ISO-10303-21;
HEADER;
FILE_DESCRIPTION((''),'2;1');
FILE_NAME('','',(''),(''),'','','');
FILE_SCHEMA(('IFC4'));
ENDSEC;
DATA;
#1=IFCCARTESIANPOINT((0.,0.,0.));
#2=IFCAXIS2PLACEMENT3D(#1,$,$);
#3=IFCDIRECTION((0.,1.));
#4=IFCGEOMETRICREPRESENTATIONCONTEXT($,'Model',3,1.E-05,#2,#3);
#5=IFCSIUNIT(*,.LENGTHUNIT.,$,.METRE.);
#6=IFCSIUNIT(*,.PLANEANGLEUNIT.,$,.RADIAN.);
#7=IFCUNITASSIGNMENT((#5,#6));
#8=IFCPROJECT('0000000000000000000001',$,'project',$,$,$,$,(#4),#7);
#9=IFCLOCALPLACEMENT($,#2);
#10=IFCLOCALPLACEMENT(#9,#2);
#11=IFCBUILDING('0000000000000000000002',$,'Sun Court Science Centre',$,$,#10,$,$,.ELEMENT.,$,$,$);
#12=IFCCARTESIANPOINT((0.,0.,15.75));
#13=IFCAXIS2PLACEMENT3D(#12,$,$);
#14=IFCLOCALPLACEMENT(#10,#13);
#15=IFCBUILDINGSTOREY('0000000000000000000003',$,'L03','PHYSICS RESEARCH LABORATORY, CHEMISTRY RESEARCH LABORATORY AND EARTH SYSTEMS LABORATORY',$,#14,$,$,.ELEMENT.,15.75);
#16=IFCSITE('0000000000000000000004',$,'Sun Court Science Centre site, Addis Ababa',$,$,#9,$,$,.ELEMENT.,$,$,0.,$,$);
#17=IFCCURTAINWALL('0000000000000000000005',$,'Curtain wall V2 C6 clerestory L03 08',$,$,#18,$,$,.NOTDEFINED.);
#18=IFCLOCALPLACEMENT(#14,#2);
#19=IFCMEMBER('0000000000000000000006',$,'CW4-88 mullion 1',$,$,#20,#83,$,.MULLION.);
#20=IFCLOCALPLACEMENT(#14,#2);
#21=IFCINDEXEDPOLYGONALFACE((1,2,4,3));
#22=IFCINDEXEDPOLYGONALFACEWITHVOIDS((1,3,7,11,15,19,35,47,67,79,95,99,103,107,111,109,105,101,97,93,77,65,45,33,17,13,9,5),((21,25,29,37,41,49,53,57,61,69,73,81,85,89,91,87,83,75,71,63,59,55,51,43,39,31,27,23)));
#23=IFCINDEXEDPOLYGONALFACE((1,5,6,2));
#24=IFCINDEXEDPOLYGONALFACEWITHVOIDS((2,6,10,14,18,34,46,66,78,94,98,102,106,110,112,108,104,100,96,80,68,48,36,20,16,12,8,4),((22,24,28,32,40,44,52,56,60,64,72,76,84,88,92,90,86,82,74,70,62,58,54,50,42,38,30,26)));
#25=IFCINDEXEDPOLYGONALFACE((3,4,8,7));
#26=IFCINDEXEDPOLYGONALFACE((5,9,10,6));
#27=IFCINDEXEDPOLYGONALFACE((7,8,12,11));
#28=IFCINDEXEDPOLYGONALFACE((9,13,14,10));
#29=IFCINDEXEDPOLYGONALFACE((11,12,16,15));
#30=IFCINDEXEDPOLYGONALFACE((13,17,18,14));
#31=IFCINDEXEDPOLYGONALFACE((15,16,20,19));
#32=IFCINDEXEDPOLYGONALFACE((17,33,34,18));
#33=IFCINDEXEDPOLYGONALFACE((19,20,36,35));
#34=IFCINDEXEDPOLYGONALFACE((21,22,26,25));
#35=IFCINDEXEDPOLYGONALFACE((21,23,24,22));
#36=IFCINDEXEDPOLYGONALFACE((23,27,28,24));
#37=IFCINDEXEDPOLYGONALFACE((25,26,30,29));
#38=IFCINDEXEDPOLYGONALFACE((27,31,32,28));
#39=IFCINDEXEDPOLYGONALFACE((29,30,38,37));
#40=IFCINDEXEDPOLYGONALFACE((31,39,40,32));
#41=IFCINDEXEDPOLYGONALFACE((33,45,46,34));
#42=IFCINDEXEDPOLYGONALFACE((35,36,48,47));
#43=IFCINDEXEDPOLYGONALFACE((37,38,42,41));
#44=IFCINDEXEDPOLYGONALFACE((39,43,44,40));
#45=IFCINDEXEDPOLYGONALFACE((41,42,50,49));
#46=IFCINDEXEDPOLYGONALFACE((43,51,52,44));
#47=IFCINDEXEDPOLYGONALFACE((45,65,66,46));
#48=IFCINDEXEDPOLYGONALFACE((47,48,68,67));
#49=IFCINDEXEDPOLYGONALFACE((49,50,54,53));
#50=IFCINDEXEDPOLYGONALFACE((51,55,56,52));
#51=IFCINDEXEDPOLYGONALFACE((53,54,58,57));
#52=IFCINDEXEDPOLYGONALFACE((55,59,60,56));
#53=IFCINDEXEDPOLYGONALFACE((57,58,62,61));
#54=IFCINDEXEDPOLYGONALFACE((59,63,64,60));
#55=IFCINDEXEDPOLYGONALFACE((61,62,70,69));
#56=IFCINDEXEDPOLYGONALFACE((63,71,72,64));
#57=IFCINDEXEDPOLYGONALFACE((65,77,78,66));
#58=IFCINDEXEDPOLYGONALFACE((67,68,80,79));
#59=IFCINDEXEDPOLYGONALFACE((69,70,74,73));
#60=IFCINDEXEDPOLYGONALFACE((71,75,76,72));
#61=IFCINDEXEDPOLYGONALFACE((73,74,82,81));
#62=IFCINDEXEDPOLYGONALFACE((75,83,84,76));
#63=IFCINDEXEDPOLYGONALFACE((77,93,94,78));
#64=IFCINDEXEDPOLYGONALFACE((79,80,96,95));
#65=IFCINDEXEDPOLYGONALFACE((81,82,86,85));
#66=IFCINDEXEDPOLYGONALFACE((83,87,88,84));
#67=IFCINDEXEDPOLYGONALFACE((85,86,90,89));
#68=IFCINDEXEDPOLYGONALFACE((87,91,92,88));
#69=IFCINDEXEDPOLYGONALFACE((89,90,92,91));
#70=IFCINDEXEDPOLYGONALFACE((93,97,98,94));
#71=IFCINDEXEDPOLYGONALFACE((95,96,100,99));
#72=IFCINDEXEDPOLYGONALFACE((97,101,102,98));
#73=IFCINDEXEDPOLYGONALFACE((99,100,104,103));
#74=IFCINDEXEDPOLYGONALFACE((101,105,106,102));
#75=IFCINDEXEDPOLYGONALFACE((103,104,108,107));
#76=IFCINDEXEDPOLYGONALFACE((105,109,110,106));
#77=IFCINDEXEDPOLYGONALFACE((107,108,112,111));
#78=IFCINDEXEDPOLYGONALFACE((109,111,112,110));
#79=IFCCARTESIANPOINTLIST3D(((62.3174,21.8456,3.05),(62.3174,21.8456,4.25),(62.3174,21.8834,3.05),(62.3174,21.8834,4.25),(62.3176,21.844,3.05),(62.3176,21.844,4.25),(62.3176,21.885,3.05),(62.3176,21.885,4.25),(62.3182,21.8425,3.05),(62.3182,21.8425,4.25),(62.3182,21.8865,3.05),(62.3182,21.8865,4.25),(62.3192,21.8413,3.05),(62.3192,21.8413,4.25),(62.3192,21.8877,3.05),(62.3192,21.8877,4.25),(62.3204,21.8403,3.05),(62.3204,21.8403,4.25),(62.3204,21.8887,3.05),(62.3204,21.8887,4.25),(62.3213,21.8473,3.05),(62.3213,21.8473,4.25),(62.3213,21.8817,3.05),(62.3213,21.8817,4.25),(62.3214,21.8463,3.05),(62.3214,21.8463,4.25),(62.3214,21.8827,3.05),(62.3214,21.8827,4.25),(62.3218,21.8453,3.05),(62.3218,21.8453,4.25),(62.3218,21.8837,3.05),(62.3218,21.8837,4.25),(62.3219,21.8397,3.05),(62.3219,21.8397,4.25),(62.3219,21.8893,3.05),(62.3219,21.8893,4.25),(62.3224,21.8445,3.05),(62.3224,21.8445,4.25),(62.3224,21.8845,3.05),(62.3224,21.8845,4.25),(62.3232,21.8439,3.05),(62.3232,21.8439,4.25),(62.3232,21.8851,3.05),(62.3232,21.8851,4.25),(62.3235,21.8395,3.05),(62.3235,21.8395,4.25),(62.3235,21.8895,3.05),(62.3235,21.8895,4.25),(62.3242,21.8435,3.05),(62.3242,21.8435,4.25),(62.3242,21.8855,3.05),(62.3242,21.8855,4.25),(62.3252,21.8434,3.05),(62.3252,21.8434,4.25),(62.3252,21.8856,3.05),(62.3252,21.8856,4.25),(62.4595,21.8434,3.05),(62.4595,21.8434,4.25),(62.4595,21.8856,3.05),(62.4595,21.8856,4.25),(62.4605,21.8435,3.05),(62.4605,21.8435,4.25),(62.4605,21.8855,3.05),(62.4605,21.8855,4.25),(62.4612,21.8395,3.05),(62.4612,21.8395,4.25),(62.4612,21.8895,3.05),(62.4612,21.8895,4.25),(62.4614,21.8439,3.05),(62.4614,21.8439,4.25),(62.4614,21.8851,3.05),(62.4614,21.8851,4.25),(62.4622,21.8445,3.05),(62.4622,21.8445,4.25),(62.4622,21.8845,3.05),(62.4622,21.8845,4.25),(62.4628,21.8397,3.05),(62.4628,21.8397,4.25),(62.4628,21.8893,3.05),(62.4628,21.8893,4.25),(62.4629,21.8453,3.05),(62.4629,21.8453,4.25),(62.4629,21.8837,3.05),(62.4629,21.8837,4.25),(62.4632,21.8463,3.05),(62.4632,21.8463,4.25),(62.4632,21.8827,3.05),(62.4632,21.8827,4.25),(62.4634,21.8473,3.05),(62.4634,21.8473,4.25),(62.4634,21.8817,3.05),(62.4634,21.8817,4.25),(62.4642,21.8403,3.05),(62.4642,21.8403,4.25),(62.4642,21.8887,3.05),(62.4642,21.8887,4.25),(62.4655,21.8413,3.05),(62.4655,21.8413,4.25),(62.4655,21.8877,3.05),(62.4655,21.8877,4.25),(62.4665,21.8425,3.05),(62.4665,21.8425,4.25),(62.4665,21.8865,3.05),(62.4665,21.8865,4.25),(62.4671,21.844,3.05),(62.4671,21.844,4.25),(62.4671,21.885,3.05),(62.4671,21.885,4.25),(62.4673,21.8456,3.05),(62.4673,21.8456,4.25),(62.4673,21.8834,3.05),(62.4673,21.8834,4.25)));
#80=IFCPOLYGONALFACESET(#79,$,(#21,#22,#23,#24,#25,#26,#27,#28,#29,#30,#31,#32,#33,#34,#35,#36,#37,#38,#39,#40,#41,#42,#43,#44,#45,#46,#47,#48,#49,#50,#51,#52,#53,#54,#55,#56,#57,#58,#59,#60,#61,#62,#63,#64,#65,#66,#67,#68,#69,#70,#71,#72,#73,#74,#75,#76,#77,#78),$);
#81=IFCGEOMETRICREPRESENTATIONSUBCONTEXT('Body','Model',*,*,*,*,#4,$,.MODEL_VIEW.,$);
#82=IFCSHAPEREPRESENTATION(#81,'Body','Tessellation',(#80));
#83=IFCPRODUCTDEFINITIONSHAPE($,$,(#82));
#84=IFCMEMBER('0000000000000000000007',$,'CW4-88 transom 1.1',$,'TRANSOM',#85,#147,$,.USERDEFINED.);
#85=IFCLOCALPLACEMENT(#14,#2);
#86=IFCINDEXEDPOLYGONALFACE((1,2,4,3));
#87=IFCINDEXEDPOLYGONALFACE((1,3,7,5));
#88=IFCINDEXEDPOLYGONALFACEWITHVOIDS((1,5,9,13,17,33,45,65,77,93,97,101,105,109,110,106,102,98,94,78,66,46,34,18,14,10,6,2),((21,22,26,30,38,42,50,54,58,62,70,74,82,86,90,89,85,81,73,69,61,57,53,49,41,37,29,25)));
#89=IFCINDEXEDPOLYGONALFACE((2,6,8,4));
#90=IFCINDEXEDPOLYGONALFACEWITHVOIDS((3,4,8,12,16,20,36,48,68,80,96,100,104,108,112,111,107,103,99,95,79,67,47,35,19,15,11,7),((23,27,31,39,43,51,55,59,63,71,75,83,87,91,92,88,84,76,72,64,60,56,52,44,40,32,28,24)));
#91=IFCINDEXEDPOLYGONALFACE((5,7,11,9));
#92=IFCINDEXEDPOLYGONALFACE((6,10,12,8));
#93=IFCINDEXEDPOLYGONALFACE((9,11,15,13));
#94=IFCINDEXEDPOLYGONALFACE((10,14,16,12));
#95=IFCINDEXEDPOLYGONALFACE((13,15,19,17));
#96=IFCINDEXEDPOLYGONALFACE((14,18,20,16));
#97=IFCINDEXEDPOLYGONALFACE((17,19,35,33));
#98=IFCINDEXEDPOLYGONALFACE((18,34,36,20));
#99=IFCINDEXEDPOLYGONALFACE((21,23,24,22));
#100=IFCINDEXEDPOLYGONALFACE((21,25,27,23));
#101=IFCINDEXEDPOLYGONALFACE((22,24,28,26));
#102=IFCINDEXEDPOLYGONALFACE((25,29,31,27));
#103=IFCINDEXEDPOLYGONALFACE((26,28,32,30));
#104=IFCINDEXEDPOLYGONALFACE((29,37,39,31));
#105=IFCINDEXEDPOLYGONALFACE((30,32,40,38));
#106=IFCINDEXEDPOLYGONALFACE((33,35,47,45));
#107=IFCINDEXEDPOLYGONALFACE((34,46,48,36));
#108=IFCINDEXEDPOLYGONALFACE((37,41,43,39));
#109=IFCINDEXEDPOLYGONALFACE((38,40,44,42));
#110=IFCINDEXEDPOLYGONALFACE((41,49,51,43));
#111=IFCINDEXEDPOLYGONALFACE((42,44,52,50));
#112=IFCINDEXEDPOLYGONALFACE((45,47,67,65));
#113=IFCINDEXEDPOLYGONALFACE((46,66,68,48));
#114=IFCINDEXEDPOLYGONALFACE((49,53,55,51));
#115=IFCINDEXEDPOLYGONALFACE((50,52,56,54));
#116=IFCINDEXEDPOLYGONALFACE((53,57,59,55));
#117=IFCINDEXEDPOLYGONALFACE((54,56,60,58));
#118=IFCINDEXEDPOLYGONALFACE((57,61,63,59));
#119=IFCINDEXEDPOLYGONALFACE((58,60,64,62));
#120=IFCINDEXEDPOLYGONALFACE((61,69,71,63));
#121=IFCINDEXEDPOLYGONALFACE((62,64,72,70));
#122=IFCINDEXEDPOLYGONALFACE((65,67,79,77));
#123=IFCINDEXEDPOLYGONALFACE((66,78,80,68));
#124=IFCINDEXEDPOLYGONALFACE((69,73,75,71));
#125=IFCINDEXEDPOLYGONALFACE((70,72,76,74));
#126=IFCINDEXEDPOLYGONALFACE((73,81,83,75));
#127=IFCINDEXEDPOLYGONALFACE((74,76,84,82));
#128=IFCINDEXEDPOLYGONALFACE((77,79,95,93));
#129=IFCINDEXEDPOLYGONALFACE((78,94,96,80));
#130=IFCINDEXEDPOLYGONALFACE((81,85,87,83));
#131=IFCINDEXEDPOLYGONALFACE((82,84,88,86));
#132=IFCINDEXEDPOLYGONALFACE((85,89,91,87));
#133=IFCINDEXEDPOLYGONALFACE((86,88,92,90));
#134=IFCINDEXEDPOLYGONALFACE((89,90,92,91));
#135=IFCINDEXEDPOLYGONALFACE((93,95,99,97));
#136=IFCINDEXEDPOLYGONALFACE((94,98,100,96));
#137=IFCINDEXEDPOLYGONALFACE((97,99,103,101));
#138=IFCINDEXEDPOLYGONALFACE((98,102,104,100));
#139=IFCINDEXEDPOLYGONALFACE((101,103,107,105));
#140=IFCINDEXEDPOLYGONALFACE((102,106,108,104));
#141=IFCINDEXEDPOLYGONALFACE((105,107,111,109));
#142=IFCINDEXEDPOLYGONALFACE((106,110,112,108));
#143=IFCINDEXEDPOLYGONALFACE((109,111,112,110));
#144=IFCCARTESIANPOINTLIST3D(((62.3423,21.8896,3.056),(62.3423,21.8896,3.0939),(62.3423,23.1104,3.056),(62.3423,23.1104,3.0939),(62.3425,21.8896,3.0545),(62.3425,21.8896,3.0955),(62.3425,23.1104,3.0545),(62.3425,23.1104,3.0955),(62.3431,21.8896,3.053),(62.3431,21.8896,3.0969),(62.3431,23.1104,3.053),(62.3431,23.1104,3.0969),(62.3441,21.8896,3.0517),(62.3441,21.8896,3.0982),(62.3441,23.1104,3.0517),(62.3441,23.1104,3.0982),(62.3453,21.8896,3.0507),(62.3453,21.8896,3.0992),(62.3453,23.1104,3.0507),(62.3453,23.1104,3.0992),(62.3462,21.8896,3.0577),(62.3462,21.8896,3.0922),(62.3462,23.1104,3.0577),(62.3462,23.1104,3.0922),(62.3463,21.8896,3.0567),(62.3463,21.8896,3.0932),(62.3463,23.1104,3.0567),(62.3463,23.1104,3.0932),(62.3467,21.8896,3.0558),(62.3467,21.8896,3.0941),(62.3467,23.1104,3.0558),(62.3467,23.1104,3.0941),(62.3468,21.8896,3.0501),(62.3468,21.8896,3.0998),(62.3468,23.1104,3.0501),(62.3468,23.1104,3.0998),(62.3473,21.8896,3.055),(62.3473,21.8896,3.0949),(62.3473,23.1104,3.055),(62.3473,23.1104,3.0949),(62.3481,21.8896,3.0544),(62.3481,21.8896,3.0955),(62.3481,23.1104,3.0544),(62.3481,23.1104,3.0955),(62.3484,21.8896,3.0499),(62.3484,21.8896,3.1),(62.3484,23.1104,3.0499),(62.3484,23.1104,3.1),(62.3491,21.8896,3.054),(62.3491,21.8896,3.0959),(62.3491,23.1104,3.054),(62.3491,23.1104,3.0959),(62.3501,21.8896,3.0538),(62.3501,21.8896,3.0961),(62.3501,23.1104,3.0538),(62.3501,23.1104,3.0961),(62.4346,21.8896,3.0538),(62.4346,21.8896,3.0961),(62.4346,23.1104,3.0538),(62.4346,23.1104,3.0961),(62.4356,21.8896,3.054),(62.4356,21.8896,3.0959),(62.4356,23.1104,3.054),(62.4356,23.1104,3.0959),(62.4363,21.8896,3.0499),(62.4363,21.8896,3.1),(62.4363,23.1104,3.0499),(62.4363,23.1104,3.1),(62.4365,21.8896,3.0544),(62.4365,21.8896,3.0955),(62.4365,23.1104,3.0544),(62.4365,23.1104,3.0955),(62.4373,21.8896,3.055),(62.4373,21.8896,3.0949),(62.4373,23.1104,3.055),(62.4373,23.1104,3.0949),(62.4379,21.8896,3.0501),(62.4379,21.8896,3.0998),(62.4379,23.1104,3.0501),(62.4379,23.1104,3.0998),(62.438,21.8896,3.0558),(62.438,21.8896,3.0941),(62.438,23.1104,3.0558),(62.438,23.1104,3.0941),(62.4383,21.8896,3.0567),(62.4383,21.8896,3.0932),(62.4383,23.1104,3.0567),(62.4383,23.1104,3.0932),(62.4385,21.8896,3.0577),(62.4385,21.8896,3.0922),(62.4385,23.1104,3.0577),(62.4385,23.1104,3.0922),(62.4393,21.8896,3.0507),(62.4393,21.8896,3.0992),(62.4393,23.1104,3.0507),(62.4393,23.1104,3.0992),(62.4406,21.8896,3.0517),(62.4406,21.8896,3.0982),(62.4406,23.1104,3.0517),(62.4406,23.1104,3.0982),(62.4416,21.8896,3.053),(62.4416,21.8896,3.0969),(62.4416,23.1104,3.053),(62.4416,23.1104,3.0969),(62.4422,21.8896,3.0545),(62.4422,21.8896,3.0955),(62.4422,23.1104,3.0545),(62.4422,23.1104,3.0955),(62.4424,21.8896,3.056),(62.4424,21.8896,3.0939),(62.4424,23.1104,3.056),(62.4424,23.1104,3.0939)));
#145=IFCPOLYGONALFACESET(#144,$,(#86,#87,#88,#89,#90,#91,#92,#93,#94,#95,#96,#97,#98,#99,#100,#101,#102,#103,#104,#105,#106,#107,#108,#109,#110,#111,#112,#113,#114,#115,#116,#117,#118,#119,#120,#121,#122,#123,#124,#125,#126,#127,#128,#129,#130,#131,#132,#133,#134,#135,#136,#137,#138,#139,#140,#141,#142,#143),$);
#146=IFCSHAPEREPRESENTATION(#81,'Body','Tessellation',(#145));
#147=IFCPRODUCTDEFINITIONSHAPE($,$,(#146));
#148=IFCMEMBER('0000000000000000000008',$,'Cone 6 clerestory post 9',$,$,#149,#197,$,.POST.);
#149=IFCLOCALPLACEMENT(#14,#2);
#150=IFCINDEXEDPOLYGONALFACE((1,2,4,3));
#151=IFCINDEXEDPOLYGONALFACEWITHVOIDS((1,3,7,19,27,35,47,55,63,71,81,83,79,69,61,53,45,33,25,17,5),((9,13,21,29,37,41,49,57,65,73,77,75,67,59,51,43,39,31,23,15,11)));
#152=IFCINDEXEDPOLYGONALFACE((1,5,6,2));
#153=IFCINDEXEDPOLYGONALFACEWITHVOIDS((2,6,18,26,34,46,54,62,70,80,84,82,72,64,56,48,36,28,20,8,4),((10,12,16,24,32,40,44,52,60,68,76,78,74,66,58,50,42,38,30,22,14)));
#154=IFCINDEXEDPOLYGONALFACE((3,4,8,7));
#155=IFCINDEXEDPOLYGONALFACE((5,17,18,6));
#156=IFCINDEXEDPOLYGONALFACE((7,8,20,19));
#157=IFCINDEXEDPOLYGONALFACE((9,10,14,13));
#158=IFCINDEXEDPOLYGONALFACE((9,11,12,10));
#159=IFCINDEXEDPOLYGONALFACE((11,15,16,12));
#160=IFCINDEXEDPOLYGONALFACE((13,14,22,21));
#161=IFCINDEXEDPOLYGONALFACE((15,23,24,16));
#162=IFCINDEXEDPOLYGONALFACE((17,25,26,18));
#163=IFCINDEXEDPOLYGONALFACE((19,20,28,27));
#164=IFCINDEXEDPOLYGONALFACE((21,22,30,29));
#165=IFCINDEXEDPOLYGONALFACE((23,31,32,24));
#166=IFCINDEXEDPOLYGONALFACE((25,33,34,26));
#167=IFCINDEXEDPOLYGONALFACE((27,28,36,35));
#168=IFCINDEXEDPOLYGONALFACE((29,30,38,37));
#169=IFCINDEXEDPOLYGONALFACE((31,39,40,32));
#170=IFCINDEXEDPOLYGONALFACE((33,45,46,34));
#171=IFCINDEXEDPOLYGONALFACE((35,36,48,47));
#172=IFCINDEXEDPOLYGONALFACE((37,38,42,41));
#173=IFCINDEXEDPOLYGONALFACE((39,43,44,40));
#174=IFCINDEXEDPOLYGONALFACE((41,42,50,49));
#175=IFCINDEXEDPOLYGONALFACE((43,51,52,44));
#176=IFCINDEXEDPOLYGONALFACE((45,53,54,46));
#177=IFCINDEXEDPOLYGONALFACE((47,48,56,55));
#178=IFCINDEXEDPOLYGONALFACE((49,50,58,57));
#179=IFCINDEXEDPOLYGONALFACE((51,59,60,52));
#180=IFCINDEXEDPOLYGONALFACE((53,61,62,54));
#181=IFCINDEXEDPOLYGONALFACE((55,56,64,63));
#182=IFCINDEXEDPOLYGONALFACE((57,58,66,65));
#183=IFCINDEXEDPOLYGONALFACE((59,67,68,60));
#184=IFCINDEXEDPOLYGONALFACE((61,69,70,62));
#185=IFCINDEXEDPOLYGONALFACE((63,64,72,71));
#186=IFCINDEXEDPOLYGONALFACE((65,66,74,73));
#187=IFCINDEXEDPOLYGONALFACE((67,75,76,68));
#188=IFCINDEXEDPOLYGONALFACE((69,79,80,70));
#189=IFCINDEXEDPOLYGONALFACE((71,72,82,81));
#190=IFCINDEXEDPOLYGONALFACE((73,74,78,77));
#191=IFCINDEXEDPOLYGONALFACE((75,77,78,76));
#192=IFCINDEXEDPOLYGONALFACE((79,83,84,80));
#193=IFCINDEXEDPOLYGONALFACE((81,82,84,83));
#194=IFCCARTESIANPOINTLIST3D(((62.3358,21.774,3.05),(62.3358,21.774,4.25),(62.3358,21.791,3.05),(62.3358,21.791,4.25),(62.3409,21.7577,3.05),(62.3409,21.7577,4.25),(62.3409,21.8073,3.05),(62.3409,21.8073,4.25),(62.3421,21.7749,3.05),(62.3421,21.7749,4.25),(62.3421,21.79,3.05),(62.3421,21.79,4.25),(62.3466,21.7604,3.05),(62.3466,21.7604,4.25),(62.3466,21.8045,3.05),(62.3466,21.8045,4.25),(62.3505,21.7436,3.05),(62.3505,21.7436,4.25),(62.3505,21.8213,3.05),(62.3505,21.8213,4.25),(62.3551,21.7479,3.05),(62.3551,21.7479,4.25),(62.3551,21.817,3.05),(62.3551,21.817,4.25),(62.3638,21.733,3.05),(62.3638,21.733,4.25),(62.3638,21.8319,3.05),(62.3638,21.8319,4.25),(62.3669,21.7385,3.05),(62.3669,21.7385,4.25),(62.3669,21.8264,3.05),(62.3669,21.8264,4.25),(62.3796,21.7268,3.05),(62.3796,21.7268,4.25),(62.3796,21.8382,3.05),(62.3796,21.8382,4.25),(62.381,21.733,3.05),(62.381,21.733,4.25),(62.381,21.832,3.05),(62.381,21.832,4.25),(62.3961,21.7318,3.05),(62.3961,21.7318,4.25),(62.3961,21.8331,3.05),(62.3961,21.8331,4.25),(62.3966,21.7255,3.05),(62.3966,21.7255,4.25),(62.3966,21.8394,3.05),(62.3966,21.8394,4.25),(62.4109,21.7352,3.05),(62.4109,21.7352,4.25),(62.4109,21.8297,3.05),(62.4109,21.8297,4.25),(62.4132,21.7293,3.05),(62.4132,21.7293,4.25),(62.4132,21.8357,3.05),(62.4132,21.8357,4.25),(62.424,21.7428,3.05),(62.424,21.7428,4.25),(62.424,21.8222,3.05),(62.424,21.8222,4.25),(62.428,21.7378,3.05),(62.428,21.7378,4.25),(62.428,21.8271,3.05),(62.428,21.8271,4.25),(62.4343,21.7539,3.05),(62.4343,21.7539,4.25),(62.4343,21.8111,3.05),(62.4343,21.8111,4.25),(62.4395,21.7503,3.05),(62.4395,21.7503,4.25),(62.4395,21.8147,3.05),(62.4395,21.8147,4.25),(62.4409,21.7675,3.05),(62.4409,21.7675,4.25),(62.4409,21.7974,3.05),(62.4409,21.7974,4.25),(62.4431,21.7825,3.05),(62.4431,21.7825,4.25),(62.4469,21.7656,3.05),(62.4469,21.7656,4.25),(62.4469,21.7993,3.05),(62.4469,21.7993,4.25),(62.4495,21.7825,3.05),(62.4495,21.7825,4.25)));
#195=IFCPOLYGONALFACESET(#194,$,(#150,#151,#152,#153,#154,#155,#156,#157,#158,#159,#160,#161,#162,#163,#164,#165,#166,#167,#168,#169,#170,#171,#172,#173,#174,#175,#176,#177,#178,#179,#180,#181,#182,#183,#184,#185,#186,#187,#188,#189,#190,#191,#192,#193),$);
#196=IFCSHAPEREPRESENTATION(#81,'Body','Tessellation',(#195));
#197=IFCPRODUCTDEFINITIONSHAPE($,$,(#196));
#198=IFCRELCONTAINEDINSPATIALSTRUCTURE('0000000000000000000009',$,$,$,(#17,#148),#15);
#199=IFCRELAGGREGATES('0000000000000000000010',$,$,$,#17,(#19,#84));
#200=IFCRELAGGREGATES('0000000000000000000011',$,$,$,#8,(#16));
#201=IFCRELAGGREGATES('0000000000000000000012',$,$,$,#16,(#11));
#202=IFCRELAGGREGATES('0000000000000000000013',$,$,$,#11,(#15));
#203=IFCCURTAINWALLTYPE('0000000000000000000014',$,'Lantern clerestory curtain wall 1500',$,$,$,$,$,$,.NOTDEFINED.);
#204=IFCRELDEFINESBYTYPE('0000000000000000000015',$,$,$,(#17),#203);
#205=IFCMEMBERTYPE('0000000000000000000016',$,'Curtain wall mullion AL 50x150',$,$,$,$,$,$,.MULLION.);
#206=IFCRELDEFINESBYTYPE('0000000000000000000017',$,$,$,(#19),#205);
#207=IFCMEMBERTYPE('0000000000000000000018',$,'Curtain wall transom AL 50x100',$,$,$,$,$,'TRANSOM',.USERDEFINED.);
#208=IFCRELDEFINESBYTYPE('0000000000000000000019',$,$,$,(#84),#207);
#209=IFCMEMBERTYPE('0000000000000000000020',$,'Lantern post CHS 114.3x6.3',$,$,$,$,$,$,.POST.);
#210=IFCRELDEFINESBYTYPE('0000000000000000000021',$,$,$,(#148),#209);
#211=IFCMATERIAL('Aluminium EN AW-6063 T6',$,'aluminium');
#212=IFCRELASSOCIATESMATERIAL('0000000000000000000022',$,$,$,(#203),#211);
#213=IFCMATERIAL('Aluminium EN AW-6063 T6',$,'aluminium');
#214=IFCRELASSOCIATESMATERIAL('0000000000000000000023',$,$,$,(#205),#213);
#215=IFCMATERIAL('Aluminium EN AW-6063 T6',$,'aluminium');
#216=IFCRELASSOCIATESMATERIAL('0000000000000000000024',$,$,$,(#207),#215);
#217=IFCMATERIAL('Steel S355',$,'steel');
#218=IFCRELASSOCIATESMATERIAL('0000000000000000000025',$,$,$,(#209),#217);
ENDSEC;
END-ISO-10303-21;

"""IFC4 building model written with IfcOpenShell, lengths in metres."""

from ifc_helpers import new_model, si_unit, direction, frame, origin, origin_2d, place, context, subcontext, project, spatial, hollow_rectangle, hollow_circle, extrude, material, material_profile, profile_set, type_object, element, aggregate, save


model = new_model("IFC4")

# Units and contexts
model_context = context("Model", 3, precision=1e-05, world=origin(), true_north=direction((0.0, 1.0)))
body_context = subcontext(model_context, "Body", "Model", "MODEL_VIEW")
ifc_project = project(units=[si_unit("LENGTHUNIT", "METRE"), si_unit("PLANEANGLEUNIT", "RADIAN")], contexts=[model_context])

# Site, building, storey
site_placement = place(None, origin())
site = spatial("IfcSite", under=ifc_project, at=site_placement, Name="Sun Court Science Centre site, Addis Ababa", CompositionType="ELEMENT", RefElevation=0.0)
building_placement = place(site_placement, origin())
building = spatial("IfcBuilding", under=site, at=building_placement, Name="Sun Court Science Centre", CompositionType="ELEMENT")
storey_placement = place(building_placement, frame((0.0, 0.0, 15.75)))
storey = spatial("IfcBuildingStorey", under=building, at=storey_placement, Name="L03", Description="PHYSICS RESEARCH LABORATORY, CHEMISTRY RESEARCH LABORATORY AND EARTH SYSTEMS LABORATORY", CompositionType="ELEMENT", Elevation=15.75)

# Curtain wall, members
ifc_material_1 = material(Name="Aluminium EN AW-6063 T6", Category="aluminium")
curtain_wall_type = type_object("IfcCurtainWallType", Name="Lantern clerestory curtain wall 1500", PredefinedType="NOTDEFINED", material=ifc_material_1)
curtain_wall_placement = place(storey_placement, origin())
curtain_wall = element("IfcCurtainWall", 1, at=curtain_wall_placement, inside=storey, type_object=curtain_wall_type, Name="Curtain wall V2 C6 clerestory L03 08", PredefinedType="NOTDEFINED")
ifc_material_2 = material(Name="Aluminium EN AW-6063 T6", Category="aluminium")
ifc_material_profile_1 = material_profile(ifc_material_2, hollow_rectangle(XDim=0.05, YDim=0.1499, WallThickness=0.0039, InnerFilletRadius=0.0039, OuterFilletRadius=0.0061, at=origin_2d()), Name="AL 50x150x4")
ifc_profile_set_1 = profile_set([ifc_material_profile_1], Name="Aluminium EN AW-6063 T6")
member_type_1 = type_object("IfcMemberType", Name="Curtain wall mullion AL 50x150", PredefinedType="MULLION", material=ifc_profile_set_1)
member_1_placement = place(storey_placement, frame((62.3923, 21.8645, 3.05), z_axis=(0.0, 0.0, 1.0), x_axis=(0.0, 1.0, 0.0)))
member_1 = element("IfcMember", 2, at=member_1_placement, type_object=member_type_1, Name="CW4-88 mullion 1", PredefinedType="MULLION", context=body_context, shape_type="SweptSolid", body=[
    extrude(hollow_rectangle(XDim=0.05, YDim=0.1499, WallThickness=0.0039, InnerFilletRadius=0.0039, OuterFilletRadius=0.0061, at=origin_2d()), origin(), (0.0, 0.0, 1.0), 1.2),
])
ifc_material_3 = material(Name="Aluminium EN AW-6063 T6", Category="aluminium")
ifc_material_profile_2 = material_profile(ifc_material_3, hollow_rectangle(XDim=0.05, YDim=0.1001, WallThickness=0.0039, InnerFilletRadius=0.0039, OuterFilletRadius=0.0061, at=origin_2d()), Name="AL 50x100x4")
ifc_profile_set_2 = profile_set([ifc_material_profile_2], Name="Aluminium EN AW-6063 T6")
member_type_2 = type_object("IfcMemberType", Name="Curtain wall transom AL 50x100", ElementType="TRANSOM", PredefinedType="USERDEFINED", material=ifc_profile_set_2)
member_2_placement = place(storey_placement, frame((62.3923, 21.8896, 3.075), z_axis=(0.0, 1.0, 0.0), x_axis=(0.0, 0.0, 1.0)))
member_2 = element("IfcMember", 3, at=member_2_placement, type_object=member_type_2, Name="CW4-88 transom 1.1", ObjectType="TRANSOM", PredefinedType="USERDEFINED", context=body_context, shape_type="SweptSolid", body=[
    extrude(hollow_rectangle(XDim=0.05, YDim=0.1001, WallThickness=0.0039, InnerFilletRadius=0.0039, OuterFilletRadius=0.0061, at=origin_2d()), origin(), (0.0, 0.0, 1.0), 1.2207),
])
aggregate(curtain_wall, [member_1, member_2])

# Member
ifc_material_4 = material(Name="Steel S355", Category="steel")
ifc_material_profile_3 = material_profile(ifc_material_4, hollow_circle(Radius=0.0571, WallThickness=0.0063, at=origin_2d()), Name="CHS 114.3x6.3")
ifc_profile_set_3 = profile_set([ifc_material_profile_3], Name="Steel S355")
member_type_3 = type_object("IfcMemberType", Name="Lantern post CHS 114.3x6.3", PredefinedType="POST", material=ifc_profile_set_3)
member_3_placement = place(storey_placement, frame((62.3923, 21.7825, 3.05), z_axis=(0.0, 0.0, 1.0), x_axis=(1.0, 0.0, 0.0)))
element("IfcMember", 4, at=member_3_placement, inside=storey, type_object=member_type_3, Name="Cone 6 clerestory post 9", PredefinedType="POST", context=body_context, shape_type="SweptSolid", body=[
    extrude(hollow_circle(Radius=0.0571, WallThickness=0.0063, at=origin_2d()), origin(), (0.0, 0.0, 1.0), 1.2),
])

save(model, "model.ifc")
